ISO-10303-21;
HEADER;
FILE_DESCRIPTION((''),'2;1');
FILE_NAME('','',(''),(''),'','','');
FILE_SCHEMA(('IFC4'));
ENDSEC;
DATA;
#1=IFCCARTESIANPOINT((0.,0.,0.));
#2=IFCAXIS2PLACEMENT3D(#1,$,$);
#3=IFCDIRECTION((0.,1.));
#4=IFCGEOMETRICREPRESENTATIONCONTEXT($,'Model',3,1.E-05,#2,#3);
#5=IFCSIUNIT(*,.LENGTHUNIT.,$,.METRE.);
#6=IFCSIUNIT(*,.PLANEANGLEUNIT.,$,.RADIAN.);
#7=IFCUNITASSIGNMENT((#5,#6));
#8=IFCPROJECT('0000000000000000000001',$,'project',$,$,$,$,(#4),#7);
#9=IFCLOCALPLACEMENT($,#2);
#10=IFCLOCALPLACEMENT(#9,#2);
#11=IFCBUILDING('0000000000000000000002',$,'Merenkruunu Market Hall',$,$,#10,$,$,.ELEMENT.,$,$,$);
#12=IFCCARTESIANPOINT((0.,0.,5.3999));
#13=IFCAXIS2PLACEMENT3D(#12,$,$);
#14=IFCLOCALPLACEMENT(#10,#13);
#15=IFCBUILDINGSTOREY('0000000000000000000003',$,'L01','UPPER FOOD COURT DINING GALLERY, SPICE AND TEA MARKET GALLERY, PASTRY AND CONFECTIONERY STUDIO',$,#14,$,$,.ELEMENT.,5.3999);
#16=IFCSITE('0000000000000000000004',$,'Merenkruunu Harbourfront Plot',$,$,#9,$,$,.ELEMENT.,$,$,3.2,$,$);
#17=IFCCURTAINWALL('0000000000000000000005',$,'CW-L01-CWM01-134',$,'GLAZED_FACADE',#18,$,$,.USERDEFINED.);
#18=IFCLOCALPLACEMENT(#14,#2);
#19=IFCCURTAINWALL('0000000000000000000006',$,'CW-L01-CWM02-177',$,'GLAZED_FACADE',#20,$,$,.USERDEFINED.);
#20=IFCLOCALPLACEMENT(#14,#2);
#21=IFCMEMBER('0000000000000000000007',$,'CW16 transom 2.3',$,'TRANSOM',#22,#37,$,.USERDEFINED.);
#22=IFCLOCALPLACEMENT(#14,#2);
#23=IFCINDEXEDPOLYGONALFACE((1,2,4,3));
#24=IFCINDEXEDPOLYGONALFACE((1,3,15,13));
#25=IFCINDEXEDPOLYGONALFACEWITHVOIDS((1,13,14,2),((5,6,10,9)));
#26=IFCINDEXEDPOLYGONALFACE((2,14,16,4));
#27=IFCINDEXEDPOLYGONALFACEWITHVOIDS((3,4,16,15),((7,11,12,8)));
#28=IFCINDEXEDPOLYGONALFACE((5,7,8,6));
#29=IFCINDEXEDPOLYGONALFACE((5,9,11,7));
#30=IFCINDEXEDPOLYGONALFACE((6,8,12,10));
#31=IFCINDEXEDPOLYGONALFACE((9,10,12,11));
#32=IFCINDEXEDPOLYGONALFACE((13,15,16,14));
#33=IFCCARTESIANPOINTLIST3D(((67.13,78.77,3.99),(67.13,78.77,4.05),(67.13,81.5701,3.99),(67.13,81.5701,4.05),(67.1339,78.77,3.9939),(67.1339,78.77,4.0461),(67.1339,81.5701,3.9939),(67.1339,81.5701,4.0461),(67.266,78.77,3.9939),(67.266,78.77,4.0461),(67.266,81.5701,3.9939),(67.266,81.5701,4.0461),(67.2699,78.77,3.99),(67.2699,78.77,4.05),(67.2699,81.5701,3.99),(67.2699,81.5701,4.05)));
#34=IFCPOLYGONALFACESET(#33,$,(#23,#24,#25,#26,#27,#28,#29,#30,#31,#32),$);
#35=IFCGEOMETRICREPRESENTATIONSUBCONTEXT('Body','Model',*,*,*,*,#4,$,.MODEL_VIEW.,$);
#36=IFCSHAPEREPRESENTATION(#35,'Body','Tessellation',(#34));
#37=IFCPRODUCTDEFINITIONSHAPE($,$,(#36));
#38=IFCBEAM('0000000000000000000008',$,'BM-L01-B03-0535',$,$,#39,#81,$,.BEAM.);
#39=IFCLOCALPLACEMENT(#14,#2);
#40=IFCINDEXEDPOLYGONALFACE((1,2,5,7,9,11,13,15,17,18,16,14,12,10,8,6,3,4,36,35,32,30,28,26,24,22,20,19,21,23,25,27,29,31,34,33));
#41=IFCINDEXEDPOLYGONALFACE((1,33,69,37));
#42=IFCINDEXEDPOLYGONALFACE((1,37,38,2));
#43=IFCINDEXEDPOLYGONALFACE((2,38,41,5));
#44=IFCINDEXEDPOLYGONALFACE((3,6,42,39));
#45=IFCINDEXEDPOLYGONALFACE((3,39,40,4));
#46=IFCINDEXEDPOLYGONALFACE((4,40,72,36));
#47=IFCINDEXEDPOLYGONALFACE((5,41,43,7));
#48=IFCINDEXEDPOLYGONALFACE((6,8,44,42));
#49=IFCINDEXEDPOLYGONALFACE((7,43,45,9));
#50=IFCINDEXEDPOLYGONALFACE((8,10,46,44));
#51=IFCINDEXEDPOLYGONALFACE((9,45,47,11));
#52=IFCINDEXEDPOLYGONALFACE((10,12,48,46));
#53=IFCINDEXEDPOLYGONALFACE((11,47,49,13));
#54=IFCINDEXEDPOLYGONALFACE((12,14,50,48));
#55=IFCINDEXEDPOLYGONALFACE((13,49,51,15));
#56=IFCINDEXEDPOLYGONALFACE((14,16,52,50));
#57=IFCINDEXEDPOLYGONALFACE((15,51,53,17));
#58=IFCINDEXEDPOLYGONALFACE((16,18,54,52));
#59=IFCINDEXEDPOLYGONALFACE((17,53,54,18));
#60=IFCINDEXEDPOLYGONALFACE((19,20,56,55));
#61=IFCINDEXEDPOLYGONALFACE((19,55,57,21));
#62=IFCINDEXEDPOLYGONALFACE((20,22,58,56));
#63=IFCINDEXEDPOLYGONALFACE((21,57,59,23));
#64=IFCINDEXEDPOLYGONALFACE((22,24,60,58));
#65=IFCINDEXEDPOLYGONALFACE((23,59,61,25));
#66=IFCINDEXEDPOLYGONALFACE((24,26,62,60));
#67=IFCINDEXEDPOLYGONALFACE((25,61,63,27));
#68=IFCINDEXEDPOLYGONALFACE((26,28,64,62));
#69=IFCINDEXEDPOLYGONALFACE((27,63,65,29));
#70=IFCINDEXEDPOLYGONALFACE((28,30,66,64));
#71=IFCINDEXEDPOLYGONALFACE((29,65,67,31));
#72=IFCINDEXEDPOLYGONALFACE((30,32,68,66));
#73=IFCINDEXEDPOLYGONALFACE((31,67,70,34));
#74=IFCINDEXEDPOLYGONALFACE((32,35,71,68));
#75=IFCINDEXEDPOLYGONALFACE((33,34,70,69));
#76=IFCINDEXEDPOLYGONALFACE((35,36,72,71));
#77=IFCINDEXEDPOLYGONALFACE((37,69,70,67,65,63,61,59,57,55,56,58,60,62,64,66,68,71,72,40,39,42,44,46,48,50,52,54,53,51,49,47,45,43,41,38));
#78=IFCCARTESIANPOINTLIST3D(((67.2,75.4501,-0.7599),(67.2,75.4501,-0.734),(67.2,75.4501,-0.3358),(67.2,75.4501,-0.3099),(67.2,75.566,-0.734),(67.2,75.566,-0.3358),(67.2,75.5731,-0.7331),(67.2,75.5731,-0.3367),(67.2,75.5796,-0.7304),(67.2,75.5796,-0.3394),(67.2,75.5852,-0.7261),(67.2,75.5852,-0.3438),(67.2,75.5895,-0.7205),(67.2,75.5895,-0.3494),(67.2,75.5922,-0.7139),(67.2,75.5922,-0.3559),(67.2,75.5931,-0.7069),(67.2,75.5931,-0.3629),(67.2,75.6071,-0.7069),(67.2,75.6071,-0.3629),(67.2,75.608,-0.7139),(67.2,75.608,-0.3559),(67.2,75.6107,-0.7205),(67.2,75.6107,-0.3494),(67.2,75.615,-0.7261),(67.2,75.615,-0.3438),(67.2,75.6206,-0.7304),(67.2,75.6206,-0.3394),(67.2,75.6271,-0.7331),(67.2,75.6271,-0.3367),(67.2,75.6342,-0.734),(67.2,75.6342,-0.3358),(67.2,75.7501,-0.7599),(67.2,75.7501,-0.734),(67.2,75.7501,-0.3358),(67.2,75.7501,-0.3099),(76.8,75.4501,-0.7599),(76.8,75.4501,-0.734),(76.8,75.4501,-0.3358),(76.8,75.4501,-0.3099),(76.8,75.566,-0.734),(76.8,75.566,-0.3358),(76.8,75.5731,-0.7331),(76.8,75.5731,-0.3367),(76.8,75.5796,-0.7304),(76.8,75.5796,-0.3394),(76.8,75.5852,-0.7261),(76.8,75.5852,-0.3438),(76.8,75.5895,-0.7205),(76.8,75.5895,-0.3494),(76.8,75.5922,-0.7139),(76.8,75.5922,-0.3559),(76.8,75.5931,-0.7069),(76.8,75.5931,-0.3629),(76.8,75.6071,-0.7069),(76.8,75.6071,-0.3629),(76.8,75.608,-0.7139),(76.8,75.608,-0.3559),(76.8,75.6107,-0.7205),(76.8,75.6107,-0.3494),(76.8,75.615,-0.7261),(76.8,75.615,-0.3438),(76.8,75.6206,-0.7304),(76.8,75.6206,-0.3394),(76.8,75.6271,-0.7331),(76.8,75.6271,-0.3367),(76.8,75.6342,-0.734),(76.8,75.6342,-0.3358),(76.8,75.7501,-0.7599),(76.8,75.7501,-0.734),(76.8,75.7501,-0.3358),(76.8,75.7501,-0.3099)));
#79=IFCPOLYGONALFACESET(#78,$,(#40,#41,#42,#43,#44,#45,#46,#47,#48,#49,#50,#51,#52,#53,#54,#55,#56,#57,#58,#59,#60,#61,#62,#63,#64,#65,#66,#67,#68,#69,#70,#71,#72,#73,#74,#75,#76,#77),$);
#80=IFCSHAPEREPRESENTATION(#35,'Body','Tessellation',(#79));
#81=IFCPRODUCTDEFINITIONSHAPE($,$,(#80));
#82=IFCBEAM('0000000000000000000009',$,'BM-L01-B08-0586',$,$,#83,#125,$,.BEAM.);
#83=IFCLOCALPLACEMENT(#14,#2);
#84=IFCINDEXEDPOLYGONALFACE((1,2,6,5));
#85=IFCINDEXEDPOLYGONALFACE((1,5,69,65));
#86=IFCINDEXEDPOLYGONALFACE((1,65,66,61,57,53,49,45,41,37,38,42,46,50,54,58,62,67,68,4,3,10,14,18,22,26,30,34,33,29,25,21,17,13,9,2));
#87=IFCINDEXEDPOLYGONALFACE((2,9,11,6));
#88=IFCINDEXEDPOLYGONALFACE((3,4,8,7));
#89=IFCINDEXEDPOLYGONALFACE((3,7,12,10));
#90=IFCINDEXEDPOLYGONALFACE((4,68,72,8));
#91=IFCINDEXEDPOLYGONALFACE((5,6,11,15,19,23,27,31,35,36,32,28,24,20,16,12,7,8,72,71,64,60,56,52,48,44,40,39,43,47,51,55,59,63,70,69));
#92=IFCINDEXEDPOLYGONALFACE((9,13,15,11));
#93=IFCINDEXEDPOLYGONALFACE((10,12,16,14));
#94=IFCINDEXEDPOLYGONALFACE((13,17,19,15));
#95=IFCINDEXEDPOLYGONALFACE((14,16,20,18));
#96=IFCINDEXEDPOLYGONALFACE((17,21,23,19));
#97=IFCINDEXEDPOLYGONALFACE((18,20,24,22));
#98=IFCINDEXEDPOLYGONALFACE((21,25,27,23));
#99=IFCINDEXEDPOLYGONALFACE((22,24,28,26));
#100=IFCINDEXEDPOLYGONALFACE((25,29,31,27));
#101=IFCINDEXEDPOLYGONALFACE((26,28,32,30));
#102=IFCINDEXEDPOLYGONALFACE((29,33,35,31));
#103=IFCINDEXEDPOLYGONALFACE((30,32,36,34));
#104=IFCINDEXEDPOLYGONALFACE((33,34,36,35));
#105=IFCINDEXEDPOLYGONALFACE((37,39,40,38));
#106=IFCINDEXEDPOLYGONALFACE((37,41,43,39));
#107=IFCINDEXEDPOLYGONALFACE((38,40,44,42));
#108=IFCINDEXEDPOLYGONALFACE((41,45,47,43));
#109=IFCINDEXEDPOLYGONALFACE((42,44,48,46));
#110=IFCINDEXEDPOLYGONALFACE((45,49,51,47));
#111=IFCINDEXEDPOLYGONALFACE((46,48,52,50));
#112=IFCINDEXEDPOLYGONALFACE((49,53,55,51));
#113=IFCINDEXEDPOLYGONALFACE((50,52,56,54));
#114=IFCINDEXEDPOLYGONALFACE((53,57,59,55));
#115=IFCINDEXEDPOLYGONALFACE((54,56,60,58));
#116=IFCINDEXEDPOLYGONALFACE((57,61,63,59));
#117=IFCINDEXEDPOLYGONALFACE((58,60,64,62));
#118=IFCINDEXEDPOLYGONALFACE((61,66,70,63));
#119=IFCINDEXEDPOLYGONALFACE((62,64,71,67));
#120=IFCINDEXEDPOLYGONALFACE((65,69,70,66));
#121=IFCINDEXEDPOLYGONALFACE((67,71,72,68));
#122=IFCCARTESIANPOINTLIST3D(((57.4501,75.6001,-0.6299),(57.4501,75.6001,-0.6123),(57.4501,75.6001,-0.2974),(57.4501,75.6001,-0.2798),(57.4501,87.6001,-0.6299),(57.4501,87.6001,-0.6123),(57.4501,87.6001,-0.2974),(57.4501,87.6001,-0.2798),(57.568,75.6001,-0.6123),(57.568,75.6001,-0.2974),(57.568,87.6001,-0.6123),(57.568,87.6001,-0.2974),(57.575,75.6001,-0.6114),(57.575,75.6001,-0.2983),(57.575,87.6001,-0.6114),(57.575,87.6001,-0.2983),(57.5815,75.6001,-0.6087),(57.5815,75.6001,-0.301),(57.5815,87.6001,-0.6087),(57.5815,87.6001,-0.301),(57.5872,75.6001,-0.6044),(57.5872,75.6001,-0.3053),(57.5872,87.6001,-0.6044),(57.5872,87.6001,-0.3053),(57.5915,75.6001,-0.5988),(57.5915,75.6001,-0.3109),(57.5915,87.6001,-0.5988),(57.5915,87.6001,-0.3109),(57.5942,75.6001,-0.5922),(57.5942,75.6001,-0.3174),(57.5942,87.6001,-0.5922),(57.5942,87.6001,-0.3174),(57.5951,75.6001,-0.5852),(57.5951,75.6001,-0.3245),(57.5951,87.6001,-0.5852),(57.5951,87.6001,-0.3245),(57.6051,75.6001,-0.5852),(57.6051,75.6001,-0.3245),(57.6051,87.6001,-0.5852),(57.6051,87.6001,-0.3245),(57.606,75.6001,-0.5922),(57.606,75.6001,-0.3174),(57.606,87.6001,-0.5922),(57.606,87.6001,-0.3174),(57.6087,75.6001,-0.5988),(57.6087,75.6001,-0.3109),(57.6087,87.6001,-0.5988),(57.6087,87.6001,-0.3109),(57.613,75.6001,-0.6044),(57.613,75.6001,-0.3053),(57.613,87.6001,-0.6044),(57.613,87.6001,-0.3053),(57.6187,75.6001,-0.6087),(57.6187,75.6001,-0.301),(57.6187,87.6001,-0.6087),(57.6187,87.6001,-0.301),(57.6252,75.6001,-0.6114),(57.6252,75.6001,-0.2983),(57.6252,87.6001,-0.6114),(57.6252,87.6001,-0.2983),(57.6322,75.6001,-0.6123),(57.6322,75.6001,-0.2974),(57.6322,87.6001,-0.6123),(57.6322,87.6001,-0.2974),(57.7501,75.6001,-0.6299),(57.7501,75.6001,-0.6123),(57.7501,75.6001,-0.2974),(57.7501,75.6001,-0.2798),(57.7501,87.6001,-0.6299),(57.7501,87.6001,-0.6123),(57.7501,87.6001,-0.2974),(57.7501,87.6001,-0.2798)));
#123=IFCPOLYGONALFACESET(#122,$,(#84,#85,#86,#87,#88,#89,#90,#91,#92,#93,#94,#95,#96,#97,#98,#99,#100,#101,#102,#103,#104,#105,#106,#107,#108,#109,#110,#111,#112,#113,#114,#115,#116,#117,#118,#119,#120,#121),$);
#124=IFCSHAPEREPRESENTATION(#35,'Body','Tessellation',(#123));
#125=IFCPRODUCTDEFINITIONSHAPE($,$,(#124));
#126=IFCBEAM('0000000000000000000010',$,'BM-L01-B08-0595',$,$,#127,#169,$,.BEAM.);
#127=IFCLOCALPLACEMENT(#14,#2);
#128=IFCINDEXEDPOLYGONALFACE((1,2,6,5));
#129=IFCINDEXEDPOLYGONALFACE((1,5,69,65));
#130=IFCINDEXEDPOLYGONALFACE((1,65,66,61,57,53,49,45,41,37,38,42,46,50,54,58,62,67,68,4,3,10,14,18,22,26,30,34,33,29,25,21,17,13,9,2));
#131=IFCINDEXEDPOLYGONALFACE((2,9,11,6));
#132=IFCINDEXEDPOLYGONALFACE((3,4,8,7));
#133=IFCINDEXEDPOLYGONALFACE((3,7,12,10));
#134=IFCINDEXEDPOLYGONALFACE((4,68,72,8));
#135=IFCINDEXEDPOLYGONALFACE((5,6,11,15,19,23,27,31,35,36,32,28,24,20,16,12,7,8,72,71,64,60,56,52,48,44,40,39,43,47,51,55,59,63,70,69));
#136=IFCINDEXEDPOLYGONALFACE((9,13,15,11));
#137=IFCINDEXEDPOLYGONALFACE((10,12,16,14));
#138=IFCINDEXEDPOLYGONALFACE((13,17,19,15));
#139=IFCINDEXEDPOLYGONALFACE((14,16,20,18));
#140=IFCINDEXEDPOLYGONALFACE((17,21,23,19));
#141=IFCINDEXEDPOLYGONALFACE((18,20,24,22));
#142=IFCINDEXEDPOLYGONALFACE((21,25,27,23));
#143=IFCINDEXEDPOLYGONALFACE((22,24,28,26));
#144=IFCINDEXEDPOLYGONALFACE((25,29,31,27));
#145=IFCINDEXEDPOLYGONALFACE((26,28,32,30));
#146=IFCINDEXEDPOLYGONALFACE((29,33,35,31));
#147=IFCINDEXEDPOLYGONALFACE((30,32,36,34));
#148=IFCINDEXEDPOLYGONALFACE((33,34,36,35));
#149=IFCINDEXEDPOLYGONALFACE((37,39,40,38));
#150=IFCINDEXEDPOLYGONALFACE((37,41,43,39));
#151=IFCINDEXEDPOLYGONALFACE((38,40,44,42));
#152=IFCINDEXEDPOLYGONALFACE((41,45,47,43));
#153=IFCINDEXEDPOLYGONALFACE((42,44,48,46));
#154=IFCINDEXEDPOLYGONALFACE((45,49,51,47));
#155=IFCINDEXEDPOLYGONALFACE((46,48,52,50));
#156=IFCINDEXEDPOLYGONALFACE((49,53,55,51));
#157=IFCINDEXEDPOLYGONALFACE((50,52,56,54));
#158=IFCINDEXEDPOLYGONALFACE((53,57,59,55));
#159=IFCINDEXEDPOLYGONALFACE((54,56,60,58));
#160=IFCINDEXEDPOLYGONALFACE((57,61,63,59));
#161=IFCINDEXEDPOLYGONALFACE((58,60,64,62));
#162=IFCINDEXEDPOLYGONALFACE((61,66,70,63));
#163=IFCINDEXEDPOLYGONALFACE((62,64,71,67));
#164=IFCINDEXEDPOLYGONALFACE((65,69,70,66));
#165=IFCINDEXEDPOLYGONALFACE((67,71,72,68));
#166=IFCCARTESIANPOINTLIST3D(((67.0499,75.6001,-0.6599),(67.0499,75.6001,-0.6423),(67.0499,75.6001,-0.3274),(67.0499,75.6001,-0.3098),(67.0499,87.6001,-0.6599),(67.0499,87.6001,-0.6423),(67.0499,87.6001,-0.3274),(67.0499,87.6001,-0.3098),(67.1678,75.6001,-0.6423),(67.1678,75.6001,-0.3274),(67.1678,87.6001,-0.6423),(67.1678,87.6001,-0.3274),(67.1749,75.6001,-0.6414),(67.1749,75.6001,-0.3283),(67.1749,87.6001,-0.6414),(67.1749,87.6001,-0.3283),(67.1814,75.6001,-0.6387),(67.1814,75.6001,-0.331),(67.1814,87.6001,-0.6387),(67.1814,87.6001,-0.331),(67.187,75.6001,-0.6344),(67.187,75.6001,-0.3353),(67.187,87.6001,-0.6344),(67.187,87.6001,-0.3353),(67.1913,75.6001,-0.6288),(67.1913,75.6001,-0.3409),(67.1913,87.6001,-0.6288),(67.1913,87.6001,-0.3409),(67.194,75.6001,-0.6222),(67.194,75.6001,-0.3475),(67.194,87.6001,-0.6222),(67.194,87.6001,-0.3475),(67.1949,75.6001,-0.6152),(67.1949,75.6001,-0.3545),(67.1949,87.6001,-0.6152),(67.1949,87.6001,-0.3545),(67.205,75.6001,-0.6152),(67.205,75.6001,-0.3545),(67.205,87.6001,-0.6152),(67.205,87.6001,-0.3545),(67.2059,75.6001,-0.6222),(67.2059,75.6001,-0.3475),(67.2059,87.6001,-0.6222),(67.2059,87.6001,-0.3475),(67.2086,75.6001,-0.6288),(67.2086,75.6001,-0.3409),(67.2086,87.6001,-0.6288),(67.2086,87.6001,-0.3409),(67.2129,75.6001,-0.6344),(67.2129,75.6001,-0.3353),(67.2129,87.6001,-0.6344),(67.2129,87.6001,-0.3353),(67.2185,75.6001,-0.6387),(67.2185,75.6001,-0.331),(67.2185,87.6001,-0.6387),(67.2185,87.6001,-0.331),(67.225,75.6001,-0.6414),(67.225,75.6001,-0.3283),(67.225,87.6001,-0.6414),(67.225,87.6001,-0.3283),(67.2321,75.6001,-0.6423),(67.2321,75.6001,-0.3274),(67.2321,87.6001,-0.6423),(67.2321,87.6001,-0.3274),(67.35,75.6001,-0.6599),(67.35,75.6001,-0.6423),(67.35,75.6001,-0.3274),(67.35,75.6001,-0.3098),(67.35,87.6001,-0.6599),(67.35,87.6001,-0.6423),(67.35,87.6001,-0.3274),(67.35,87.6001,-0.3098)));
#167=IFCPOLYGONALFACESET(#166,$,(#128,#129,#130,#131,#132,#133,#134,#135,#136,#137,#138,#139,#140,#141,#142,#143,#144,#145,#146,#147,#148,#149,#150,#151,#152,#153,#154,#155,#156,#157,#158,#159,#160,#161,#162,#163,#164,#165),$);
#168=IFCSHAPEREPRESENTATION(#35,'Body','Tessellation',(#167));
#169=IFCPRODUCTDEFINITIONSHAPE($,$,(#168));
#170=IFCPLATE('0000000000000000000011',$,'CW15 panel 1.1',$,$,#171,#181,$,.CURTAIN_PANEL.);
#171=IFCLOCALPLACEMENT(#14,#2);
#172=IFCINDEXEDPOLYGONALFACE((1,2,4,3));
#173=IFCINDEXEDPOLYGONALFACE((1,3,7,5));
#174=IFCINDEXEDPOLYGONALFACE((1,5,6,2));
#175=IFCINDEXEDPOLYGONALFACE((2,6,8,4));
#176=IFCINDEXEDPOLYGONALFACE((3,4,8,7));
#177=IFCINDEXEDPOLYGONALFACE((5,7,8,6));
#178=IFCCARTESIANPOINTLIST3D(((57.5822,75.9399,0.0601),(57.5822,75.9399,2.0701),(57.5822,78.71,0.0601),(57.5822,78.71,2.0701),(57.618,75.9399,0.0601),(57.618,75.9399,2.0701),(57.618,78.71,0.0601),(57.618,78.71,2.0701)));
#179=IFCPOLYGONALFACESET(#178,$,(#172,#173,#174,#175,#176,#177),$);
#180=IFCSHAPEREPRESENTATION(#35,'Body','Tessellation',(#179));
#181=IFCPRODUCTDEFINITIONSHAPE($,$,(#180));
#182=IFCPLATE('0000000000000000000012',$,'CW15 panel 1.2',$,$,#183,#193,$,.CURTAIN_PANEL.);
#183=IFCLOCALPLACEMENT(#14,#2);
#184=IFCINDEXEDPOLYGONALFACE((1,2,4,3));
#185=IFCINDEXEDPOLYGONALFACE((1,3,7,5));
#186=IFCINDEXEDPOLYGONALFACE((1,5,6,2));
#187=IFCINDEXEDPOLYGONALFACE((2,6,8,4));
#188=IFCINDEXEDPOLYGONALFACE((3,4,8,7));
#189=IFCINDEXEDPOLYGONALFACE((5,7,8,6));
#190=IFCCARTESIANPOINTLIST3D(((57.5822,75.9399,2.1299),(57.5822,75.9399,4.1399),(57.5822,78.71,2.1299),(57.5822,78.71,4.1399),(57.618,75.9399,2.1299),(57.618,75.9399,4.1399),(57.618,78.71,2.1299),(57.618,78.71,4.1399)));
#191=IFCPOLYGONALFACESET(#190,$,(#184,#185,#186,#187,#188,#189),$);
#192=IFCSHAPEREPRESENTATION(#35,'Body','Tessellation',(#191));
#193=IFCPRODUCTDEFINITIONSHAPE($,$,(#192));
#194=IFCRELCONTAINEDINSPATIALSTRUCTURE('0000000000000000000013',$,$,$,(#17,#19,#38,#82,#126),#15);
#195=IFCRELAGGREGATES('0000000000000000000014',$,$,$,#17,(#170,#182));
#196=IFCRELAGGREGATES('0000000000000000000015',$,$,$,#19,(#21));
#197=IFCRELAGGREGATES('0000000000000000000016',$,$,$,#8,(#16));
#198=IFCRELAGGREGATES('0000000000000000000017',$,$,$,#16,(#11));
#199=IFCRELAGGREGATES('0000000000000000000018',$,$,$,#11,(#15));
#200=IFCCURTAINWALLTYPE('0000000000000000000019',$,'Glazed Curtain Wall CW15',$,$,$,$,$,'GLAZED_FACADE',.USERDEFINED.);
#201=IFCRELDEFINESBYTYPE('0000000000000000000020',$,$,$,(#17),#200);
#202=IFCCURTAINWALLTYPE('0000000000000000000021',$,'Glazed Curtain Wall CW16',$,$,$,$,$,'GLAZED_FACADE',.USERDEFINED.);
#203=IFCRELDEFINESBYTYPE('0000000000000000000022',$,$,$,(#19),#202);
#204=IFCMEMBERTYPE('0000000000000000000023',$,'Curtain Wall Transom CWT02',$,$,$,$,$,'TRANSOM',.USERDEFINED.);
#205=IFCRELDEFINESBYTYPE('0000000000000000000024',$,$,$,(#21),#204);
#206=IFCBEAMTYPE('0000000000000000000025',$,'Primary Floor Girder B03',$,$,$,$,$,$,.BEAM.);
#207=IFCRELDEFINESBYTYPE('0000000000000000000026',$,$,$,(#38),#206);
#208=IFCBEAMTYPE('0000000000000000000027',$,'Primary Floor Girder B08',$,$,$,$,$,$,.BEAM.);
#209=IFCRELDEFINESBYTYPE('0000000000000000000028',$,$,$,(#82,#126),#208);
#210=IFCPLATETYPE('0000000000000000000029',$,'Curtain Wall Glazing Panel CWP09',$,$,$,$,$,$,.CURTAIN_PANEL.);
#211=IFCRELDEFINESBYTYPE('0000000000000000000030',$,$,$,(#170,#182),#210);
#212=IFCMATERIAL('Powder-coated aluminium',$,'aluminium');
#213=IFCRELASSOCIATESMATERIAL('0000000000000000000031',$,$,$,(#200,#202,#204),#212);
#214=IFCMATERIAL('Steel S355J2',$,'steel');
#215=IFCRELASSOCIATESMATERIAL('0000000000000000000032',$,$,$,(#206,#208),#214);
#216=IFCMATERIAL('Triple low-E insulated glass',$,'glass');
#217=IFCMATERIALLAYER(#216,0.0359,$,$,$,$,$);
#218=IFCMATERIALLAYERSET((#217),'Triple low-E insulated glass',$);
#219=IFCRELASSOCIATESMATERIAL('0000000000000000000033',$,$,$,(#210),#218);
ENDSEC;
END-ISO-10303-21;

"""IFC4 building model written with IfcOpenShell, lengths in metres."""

from ifc_helpers import new_model, si_unit, direction, frame, origin, origin_2d, place, context, subcontext, project, spatial, rectangle, hollow_rectangle, i_section, extrude, material, layer, layer_set, material_profile, profile_set, type_object, element, aggregate, save


model = new_model("IFC4")

# Units and contexts
model_context = context("Model", 3, precision=1e-05, world=origin(), true_north=direction((0.0, 1.0)))
body_context = subcontext(model_context, "Body", "Model", "MODEL_VIEW")
ifc_project = project(units=[si_unit("LENGTHUNIT", "METRE"), si_unit("PLANEANGLEUNIT", "RADIAN")], contexts=[model_context])

# Site, building, storey
site_placement = place(None, origin())
site = spatial("IfcSite", under=ifc_project, at=site_placement, Name="Merenkruunu Harbourfront Plot", CompositionType="ELEMENT", RefElevation=3.2)
building_placement = place(site_placement, origin())
building = spatial("IfcBuilding", under=site, at=building_placement, Name="Merenkruunu Market Hall", CompositionType="ELEMENT")
storey_placement = place(building_placement, frame((0.0, 0.0, 5.3999)))
storey = spatial("IfcBuildingStorey", under=building, at=storey_placement, Name="L01", Description="UPPER FOOD COURT DINING GALLERY, SPICE AND TEA MARKET GALLERY, PASTRY AND CONFECTIONERY STUDIO", CompositionType="ELEMENT", Elevation=5.3999)

# Shared definitions
ifc_material_1 = material(Name="Powder-coated aluminium", Category="aluminium")
curtain_wall_type_1 = type_object("IfcCurtainWallType", Name="Glazed Curtain Wall CW15", ElementType="GLAZED_FACADE", PredefinedType="USERDEFINED", material=ifc_material_1)

# Curtain wall
curtain_wall_1_placement = place(storey_placement, origin())
curtain_wall_1 = element("IfcCurtainWall", 1, at=curtain_wall_1_placement, inside=storey, type_object=curtain_wall_type_1, Name="CW-L01-CWM01-134", ObjectType="GLAZED_FACADE", PredefinedType="USERDEFINED")

# Shared definitions
curtain_wall_type_2 = type_object("IfcCurtainWallType", Name="Glazed Curtain Wall CW16", ElementType="GLAZED_FACADE", PredefinedType="USERDEFINED", material=ifc_material_1)

# Curtain wall
curtain_wall_2_placement = place(storey_placement, origin())
curtain_wall_2 = element("IfcCurtainWall", 2, at=curtain_wall_2_placement, inside=storey, type_object=curtain_wall_type_2, Name="CW-L01-CWM02-177", ObjectType="GLAZED_FACADE", PredefinedType="USERDEFINED")

# Member
ifc_material_profile_1 = material_profile(ifc_material_1, hollow_rectangle(XDim=0.0601, YDim=0.1399, WallThickness=0.0039, at=origin_2d()), Name="ALU 60x140x4")
ifc_profile_set_1 = profile_set([ifc_material_profile_1], Name="Powder-coated aluminium")
member_type_1 = type_object("IfcMemberType", Name="Curtain Wall Transom CWT02", ElementType="TRANSOM", PredefinedType="USERDEFINED", material=ifc_profile_set_1)
member_1_placement = place(storey_placement, frame((67.2, 78.77, 4.02), z_axis=(0.0, 1.0, 0.0), x_axis=(0.0, 0.0, 1.0)))
member_1 = element("IfcMember", 3, at=member_1_placement, type_object=member_type_1, Name="CW16 transom 2.3", ObjectType="TRANSOM", PredefinedType="USERDEFINED", context=body_context, shape_type="SweptSolid", body=[
    extrude(hollow_rectangle(XDim=0.0601, YDim=0.1399, WallThickness=0.0039, at=origin_2d()), origin(), (0.0, 0.0, 1.0), 2.8),
])

# Beams
ifc_material_2 = material(Name="Steel S355J2", Category="steel")
ifc_material_profile_2 = material_profile(ifc_material_2, i_section(OverallWidth=0.3, OverallDepth=0.45, WebThickness=0.0139, FlangeThickness=0.0259, FilletRadius=0.0271, at=origin_2d()), Name="HEB 450")
ifc_profile_set_2 = profile_set([ifc_material_profile_2], Name="Steel S355J2")
beam_type_1 = type_object("IfcBeamType", Name="Primary Floor Girder B03", PredefinedType="BEAM", material=ifc_profile_set_2)
beam_placement = place(storey_placement, frame((67.2, 75.6001, -0.5349), z_axis=(1.0, 0.0, 0.0), x_axis=(0.0, 1.0, 0.0)))
element("IfcBeam", 4, at=beam_placement, inside=storey, type_object=beam_type_1, Name="BM-L01-B03-0535", PredefinedType="BEAM", context=body_context, shape_type="SweptSolid", body=[
    extrude(i_section(OverallWidth=0.3, OverallDepth=0.45, WebThickness=0.0139, FlangeThickness=0.0259, FilletRadius=0.0271, at=origin_2d()), origin(), (0.0, 0.0, 1.0), 9.6001),
])
ifc_material_profile_3 = material_profile(ifc_material_2, i_section(OverallWidth=0.3, OverallDepth=0.3501, WebThickness=0.01, FlangeThickness=0.0176, FilletRadius=0.0271, at=origin_2d()), Name="HEA 360")
ifc_profile_set_3 = profile_set([ifc_material_profile_3], Name="Steel S355J2")
beam_type_2 = type_object("IfcBeamType", Name="Primary Floor Girder B08", PredefinedType="BEAM", material=ifc_profile_set_3)
for number, where, z_axis, x_axis, name in (
    (5, (57.6001, 75.6001, -0.4548), (0.0, 1.0, 0.0), (-1.0, 0.0, 0.0), "BM-L01-B08-0586"),
    (6, (67.2, 75.6001, -0.4849), (0.0, 1.0, 0.0), (-1.0, 0.0, 0.0), "BM-L01-B08-0595"),
):
    element("IfcBeam", number, at=place(storey_placement, frame(where, z_axis=z_axis, x_axis=x_axis)), inside=storey, type_object=beam_type_2, Name=name, PredefinedType="BEAM", context=body_context, shape_type="SweptSolid", body=[
        extrude(i_section(OverallWidth=0.3, OverallDepth=0.3501, WebThickness=0.01, FlangeThickness=0.0176, FilletRadius=0.0271, at=origin_2d()), origin(), (0.0, 0.0, 1.0), 12.0),
    ])

# Plates
ifc_material_3 = material(Name="Triple low-E insulated glass", Category="glass")
ifc_layer_1 = layer(ifc_material_3, 0.0359)
ifc_layer_set_1 = layer_set([ifc_layer_1], Name="Triple low-E insulated glass")
plate_type_1 = type_object("IfcPlateType", Name="Curtain Wall Glazing Panel CWP09", PredefinedType="CURTAIN_PANEL", material=ifc_layer_set_1)
plate_1_placement = place(storey_placement, frame((57.6001, 77.325, 0.0601), z_axis=(0.0, 0.0, 1.0), x_axis=(0.0, 1.0, 0.0)))
plate_1 = element("IfcPlate", 7, at=plate_1_placement, type_object=plate_type_1, Name="CW15 panel 1.1", PredefinedType="CURTAIN_PANEL", context=body_context, shape_type="SweptSolid", body=[
    extrude(rectangle(XDim=2.77, YDim=0.0359, at=origin_2d()), origin(), (0.0, 0.0, 1.0), 2.01),
])
plate_2_placement = place(storey_placement, frame((57.6001, 77.325, 2.1299), z_axis=(0.0, 0.0, 1.0), x_axis=(0.0, 1.0, 0.0)))
plate_2 = element("IfcPlate", 8, at=plate_2_placement, type_object=plate_type_1, Name="CW15 panel 1.2", PredefinedType="CURTAIN_PANEL", context=body_context, shape_type="SweptSolid", body=[
    extrude(rectangle(XDim=2.77, YDim=0.0359, at=origin_2d()), origin(), (0.0, 0.0, 1.0), 2.01),
])
aggregate(curtain_wall_1, [plate_1, plate_2])
aggregate(curtain_wall_2, [member_1])

save(model, "model.ifc")
